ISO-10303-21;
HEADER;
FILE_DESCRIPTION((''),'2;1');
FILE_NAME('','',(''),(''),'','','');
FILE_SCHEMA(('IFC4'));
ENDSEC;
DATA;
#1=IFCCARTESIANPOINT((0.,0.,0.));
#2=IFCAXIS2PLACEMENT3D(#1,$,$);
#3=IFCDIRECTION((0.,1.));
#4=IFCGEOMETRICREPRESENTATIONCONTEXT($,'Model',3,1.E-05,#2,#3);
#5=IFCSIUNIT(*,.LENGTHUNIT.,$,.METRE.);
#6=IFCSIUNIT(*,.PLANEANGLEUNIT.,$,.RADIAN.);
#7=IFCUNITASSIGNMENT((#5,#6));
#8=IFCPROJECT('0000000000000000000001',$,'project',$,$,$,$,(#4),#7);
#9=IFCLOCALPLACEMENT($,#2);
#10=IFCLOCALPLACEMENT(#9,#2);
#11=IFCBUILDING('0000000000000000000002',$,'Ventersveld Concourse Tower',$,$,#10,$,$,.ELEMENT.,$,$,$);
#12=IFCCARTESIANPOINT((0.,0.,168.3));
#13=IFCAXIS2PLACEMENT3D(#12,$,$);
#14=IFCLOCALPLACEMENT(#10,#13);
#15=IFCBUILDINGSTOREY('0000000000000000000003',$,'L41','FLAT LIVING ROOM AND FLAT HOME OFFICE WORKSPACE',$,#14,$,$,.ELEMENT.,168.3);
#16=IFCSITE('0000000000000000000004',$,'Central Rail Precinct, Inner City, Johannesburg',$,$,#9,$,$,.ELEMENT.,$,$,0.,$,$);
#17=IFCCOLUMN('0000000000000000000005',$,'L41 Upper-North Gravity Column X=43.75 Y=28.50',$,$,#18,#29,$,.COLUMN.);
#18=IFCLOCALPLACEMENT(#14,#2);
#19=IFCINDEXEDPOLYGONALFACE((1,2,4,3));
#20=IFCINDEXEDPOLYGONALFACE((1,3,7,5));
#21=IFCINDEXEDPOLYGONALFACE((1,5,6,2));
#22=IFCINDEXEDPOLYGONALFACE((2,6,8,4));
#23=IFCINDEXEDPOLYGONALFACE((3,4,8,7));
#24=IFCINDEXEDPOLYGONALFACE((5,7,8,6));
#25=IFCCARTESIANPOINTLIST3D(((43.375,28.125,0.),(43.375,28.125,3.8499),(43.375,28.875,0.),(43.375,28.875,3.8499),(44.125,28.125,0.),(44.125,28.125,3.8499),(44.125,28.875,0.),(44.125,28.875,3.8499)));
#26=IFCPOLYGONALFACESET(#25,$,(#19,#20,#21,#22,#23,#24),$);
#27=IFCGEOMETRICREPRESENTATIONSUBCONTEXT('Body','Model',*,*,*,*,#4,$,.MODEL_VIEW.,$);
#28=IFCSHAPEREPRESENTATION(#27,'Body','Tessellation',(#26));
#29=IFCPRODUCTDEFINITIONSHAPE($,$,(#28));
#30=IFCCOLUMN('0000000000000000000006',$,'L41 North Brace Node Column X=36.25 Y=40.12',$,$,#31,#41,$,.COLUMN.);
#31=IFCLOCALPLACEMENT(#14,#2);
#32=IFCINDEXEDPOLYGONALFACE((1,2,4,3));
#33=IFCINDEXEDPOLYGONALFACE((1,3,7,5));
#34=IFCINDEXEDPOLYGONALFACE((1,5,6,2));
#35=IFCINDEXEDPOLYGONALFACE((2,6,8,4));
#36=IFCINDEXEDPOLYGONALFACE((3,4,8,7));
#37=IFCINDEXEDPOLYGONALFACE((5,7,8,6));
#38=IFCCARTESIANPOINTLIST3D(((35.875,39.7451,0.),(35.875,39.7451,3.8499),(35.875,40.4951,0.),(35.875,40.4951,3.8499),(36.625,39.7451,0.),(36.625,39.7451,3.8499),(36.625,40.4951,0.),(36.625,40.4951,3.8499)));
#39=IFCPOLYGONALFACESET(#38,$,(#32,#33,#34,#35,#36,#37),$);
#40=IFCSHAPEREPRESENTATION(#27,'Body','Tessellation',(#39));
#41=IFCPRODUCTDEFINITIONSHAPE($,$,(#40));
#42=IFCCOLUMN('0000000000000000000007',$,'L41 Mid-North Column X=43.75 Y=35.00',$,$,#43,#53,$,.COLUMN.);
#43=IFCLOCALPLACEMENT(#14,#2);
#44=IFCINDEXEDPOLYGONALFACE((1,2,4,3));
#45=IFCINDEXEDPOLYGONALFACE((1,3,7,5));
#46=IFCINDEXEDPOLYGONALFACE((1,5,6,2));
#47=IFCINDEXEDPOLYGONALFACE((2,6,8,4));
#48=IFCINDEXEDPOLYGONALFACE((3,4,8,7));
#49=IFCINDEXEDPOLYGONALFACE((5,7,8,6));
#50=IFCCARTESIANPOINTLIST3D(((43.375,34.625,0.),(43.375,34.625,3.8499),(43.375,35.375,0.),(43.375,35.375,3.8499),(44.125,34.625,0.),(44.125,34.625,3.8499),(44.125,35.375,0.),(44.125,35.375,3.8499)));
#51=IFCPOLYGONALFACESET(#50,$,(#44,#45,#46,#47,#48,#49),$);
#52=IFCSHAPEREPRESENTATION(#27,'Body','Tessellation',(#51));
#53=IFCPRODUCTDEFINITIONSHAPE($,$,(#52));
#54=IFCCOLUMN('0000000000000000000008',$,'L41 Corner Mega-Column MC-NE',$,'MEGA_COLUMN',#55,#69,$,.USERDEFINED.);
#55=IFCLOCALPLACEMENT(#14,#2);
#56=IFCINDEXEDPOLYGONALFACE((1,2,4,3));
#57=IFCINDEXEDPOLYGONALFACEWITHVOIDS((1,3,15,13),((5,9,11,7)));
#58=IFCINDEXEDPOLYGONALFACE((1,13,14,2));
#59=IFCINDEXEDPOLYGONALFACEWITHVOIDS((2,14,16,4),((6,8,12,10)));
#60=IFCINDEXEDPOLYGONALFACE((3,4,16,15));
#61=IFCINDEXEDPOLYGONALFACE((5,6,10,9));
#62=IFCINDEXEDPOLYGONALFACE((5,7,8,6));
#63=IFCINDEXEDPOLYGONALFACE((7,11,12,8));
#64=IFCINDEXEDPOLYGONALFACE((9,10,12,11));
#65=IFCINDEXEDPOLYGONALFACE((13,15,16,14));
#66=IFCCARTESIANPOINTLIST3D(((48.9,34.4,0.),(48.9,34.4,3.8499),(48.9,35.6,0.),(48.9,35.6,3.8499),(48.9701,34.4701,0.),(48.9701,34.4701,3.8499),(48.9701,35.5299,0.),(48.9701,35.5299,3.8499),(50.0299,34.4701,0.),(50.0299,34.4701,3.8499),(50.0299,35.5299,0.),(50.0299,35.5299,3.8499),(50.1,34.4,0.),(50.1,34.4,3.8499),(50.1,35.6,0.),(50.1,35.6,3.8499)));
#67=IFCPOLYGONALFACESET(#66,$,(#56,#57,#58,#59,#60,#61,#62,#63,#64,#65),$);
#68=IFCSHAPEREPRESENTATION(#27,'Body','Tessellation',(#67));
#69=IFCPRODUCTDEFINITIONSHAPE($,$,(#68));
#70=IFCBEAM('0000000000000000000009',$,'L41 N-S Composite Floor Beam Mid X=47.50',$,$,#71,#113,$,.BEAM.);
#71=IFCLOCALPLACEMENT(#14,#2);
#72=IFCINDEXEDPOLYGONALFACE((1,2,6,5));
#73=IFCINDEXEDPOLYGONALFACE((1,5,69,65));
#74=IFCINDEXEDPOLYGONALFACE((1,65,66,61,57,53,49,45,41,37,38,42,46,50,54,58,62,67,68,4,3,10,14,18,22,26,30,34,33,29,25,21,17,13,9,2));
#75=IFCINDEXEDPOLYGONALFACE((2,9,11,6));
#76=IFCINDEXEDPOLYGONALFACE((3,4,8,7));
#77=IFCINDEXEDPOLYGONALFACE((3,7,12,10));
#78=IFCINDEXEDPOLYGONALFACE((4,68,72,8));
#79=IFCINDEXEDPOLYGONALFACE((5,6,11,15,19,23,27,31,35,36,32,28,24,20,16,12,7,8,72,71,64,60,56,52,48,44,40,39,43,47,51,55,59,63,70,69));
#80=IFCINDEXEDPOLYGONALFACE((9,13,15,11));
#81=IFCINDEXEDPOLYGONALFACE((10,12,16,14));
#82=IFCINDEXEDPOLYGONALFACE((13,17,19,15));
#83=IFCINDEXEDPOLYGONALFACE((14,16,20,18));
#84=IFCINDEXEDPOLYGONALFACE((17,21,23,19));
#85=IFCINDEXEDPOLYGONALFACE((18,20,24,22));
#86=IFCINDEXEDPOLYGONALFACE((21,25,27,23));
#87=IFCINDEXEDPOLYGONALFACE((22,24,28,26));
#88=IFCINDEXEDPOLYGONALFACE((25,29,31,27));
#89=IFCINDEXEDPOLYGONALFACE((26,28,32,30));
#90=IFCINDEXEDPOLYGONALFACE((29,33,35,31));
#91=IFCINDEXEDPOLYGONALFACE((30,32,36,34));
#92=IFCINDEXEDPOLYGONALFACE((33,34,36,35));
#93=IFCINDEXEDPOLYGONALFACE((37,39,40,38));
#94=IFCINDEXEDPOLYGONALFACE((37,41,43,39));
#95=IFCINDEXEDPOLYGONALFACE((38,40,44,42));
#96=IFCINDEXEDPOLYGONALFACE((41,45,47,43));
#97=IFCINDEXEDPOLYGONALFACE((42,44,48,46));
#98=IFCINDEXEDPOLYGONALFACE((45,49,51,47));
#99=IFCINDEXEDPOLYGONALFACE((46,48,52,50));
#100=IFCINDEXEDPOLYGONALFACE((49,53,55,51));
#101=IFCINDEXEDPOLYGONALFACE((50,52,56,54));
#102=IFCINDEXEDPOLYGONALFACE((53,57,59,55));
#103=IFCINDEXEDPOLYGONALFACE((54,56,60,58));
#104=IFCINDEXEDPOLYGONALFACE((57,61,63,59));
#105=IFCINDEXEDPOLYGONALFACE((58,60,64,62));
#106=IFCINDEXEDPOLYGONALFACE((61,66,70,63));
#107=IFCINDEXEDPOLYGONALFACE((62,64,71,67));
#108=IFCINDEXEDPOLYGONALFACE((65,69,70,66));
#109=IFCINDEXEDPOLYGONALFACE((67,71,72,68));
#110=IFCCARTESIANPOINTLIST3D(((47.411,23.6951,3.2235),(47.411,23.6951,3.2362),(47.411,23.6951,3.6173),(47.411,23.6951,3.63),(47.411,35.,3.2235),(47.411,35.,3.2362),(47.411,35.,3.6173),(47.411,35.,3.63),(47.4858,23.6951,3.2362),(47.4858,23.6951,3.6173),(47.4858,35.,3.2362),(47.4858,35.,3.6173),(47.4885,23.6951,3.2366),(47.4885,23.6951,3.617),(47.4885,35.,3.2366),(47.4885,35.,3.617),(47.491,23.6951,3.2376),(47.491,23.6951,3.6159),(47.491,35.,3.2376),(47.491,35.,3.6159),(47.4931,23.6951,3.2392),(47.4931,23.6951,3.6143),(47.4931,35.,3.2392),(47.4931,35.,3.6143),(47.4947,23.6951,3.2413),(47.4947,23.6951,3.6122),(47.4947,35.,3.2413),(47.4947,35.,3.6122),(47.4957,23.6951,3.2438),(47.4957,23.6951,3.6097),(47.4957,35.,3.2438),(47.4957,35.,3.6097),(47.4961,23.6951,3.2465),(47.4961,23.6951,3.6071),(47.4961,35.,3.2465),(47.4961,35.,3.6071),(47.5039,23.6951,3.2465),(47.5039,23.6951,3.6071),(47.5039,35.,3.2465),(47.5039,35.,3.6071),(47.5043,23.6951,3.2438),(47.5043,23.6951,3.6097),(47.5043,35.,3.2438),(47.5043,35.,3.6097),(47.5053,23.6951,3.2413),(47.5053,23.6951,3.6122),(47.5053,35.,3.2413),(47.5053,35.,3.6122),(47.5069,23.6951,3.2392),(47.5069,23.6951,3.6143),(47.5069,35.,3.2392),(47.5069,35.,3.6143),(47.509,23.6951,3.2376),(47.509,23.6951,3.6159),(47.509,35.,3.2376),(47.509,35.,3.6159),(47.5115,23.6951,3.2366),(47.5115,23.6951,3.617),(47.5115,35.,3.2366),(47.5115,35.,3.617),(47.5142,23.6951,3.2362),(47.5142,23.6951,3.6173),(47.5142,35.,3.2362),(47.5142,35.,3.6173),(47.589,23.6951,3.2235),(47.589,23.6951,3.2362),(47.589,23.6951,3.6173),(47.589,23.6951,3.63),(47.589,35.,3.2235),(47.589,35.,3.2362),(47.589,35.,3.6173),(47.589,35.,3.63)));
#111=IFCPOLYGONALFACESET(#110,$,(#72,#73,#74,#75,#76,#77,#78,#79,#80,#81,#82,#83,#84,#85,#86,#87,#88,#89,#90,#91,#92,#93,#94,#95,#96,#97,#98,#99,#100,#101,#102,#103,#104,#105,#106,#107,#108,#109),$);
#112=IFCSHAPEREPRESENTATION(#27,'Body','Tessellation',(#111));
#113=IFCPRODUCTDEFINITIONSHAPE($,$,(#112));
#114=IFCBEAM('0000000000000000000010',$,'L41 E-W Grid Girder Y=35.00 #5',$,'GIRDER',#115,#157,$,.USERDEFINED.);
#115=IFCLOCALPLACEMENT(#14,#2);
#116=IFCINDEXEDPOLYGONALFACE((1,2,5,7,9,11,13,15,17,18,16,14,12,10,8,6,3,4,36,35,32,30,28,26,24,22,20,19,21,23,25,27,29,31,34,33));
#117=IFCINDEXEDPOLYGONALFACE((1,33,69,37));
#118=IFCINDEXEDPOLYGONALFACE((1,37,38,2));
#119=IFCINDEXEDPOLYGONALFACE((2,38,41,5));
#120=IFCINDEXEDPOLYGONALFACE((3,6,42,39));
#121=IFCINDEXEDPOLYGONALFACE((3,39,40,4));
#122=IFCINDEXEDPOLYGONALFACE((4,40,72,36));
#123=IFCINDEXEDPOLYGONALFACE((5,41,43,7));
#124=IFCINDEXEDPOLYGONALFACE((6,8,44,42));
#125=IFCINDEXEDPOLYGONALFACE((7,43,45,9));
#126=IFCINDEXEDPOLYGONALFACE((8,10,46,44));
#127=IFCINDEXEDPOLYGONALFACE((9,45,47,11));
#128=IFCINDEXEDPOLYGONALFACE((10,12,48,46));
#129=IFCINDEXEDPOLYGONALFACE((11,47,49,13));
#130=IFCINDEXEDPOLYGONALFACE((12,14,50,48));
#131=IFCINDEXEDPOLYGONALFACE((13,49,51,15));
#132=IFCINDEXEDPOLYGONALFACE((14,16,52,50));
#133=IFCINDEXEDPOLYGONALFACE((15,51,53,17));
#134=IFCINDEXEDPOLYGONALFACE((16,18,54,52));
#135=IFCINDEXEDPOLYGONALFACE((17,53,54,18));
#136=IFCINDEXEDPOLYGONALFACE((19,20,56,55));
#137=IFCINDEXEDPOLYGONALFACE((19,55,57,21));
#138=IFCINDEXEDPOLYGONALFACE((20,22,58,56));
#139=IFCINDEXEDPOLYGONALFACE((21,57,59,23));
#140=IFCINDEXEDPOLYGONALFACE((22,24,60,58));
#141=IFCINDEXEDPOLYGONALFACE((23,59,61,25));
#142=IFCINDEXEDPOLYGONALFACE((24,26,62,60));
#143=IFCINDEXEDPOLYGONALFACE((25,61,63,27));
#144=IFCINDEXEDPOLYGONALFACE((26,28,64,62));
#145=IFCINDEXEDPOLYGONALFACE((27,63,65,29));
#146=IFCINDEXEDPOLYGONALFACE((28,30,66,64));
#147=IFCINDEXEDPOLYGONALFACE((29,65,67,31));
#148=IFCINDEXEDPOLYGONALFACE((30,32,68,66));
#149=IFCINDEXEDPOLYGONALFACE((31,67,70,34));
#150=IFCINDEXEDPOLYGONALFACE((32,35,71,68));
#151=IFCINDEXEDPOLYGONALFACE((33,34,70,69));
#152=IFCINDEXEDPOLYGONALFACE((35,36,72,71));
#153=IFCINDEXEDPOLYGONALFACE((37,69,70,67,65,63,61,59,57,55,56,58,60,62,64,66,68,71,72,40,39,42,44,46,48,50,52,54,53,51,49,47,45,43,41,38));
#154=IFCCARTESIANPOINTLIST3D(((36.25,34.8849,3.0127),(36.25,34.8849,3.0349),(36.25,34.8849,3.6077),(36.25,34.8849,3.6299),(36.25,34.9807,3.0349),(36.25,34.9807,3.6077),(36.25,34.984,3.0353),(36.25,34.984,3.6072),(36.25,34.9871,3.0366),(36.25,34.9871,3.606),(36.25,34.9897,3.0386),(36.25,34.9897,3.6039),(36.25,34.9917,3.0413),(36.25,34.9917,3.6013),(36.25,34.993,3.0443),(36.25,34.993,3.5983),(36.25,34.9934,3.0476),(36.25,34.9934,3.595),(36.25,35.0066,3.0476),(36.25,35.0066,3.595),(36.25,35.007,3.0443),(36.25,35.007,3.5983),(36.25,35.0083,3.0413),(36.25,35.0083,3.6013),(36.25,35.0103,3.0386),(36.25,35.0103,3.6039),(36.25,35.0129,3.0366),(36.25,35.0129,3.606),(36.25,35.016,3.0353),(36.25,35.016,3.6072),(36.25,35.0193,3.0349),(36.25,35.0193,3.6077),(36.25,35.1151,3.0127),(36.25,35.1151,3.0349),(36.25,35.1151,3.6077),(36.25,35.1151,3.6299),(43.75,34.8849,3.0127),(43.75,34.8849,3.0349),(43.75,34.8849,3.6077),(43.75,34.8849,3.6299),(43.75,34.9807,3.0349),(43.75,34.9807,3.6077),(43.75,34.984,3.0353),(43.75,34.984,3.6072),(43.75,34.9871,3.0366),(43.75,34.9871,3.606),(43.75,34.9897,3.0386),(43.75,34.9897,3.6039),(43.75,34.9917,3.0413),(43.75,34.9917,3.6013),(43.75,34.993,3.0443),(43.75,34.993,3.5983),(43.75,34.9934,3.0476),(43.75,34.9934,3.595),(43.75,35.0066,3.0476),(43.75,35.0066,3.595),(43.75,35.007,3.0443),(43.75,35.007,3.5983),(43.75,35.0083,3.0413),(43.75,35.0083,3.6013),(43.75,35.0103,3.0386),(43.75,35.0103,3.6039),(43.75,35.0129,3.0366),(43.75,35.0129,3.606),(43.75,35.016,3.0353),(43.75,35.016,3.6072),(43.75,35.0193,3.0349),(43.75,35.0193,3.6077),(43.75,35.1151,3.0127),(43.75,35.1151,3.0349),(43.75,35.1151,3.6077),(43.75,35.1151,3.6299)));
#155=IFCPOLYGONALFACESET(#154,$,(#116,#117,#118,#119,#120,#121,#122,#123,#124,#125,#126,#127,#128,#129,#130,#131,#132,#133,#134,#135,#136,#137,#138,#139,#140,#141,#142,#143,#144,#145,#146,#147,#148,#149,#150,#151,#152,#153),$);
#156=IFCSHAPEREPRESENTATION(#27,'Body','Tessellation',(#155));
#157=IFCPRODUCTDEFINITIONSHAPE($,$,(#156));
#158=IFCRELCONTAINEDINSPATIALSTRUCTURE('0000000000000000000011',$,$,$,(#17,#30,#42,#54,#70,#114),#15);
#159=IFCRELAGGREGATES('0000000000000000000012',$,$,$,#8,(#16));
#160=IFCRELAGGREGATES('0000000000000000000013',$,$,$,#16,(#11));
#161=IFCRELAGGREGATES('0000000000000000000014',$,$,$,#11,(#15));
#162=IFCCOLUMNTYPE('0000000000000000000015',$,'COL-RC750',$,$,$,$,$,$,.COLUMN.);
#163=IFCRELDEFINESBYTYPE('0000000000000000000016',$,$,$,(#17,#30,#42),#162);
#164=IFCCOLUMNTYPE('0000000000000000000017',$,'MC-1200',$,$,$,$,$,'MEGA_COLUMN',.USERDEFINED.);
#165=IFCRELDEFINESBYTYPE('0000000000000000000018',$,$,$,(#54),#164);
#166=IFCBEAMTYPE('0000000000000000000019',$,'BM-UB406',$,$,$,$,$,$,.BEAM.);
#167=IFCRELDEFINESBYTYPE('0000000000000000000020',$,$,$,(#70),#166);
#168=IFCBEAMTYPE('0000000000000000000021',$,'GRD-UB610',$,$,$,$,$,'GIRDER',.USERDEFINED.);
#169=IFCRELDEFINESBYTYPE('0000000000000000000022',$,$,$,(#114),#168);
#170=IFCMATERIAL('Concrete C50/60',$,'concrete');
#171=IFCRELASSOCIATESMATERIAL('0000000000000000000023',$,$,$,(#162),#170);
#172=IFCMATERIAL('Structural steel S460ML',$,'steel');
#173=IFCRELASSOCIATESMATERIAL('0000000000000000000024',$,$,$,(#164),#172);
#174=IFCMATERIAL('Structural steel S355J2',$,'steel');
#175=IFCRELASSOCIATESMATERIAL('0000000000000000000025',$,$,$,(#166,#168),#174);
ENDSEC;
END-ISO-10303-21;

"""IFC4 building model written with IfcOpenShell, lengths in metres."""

from ifc_helpers import new_model, si_unit, direction, frame, origin, origin_2d, place, context, subcontext, project, spatial, rectangle, hollow_rectangle, i_section, extrude, material, material_profile, profile_set, type_object, element, save


model = new_model("IFC4")

# Units and contexts
model_context = context("Model", 3, precision=1e-05, world=origin(), true_north=direction((0.0, 1.0)))
body_context = subcontext(model_context, "Body", "Model", "MODEL_VIEW")
ifc_project = project(units=[si_unit("LENGTHUNIT", "METRE"), si_unit("PLANEANGLEUNIT", "RADIAN")], contexts=[model_context])

# Site, building, storey
site_placement = place(None, origin())
site = spatial("IfcSite", under=ifc_project, at=site_placement, Name="Central Rail Precinct, Inner City, Johannesburg", CompositionType="ELEMENT", RefElevation=0.0)
building_placement = place(site_placement, origin())
building = spatial("IfcBuilding", under=site, at=building_placement, Name="Ventersveld Concourse Tower", CompositionType="ELEMENT")
storey_placement = place(building_placement, frame((0.0, 0.0, 168.3)))
storey = spatial("IfcBuildingStorey", under=building, at=storey_placement, Name="L41", Description="FLAT LIVING ROOM AND FLAT HOME OFFICE WORKSPACE", CompositionType="ELEMENT", Elevation=168.3)

# Columns
ifc_material_1 = material(Name="Concrete C50/60", Category="concrete")
ifc_material_profile_1 = material_profile(ifc_material_1, rectangle(XDim=0.75, YDim=0.75, at=origin_2d()), Name="RC 750x750")
ifc_profile_set_1 = profile_set([ifc_material_profile_1], Name="Concrete C50/60")
column_type_1 = type_object("IfcColumnType", Name="COL-RC750", PredefinedType="COLUMN", material=ifc_profile_set_1)
for number, where, z_axis, x_axis, name in (
    (1, (43.75, 28.5, 0.0), (0.0, 0.0, 1.0), (1.0, 0.0, 0.0), "L41 Upper-North Gravity Column X=43.75 Y=28.50"),
    (2, (36.25, 40.1201, 0.0), (0.0, 0.0, 1.0), (1.0, 0.0, 0.0), "L41 North Brace Node Column X=36.25 Y=40.12"),
    (3, (43.75, 35.0, 0.0), (0.0, 0.0, 1.0), (1.0, 0.0, 0.0), "L41 Mid-North Column X=43.75 Y=35.00"),
):
    element("IfcColumn", number, at=place(storey_placement, frame(where, z_axis=z_axis, x_axis=x_axis)), inside=storey, type_object=column_type_1, Name=name, PredefinedType="COLUMN", context=body_context, shape_type="SweptSolid", body=[
        extrude(rectangle(XDim=0.75, YDim=0.75, at=origin_2d()), origin(), (0.0, 0.0, 1.0), 3.8499),
    ])
ifc_material_2 = material(Name="Structural steel S460ML", Category="steel")
ifc_material_profile_2 = material_profile(ifc_material_2, hollow_rectangle(XDim=1.2, YDim=1.2, WallThickness=0.0701, at=origin_2d()), Name="BOX 1200x1200x70")
ifc_profile_set_2 = profile_set([ifc_material_profile_2], Name="Structural steel S460ML")
column_type_2 = type_object("IfcColumnType", Name="MC-1200", ElementType="MEGA_COLUMN", PredefinedType="USERDEFINED", material=ifc_profile_set_2)
column_placement = place(storey_placement, frame((49.5, 35.0, 0.0), z_axis=(0.0, 0.0, 1.0), x_axis=(1.0, 0.0, 0.0)))
element("IfcColumn", 4, at=column_placement, inside=storey, type_object=column_type_2, Name="L41 Corner Mega-Column MC-NE", ObjectType="MEGA_COLUMN", PredefinedType="USERDEFINED", context=body_context, shape_type="SweptSolid", body=[
    extrude(hollow_rectangle(XDim=1.2, YDim=1.2, WallThickness=0.0701, at=origin_2d()), origin(), (0.0, 0.0, 1.0), 3.8499),
])

# Beams
ifc_material_3 = material(Name="Structural steel S355J2", Category="steel")
ifc_material_profile_3 = material_profile(ifc_material_3, i_section(OverallWidth=0.178, OverallDepth=0.4065, WebThickness=0.0078, FlangeThickness=0.0127, FilletRadius=0.0103, at=origin_2d()), Name="UB 406x178x60")
ifc_profile_set_3 = profile_set([ifc_material_profile_3], Name="Structural steel S355J2")
beam_type_1 = type_object("IfcBeamType", Name="BM-UB406", PredefinedType="BEAM", material=ifc_profile_set_3)
beam_1_placement = place(storey_placement, frame((47.5, 23.6951, 3.4268), z_axis=(0.0, 1.0, 0.0), x_axis=(-1.0, 0.0, 0.0)))
element("IfcBeam", 5, at=beam_1_placement, inside=storey, type_object=beam_type_1, Name="L41 N-S Composite Floor Beam Mid X=47.50", PredefinedType="BEAM", context=body_context, shape_type="SweptSolid", body=[
    extrude(i_section(OverallWidth=0.178, OverallDepth=0.4065, WebThickness=0.0078, FlangeThickness=0.0127, FilletRadius=0.0103, at=origin_2d()), origin(), (0.0, 0.0, 1.0), 11.3049),
])
ifc_material_profile_4 = material_profile(ifc_material_3, i_section(OverallWidth=0.2302, OverallDepth=0.6172, WebThickness=0.0132, FlangeThickness=0.0222, FilletRadius=0.0127, at=origin_2d()), Name="UB 610x229x140")
ifc_profile_set_4 = profile_set([ifc_material_profile_4], Name="Structural steel S355J2")
beam_type_2 = type_object("IfcBeamType", Name="GRD-UB610", ElementType="GIRDER", PredefinedType="USERDEFINED", material=ifc_profile_set_4)
beam_2_placement = place(storey_placement, frame((36.25, 35.0, 3.3213), z_axis=(1.0, 0.0, 0.0), x_axis=(0.0, 1.0, 0.0)))
element("IfcBeam", 6, at=beam_2_placement, inside=storey, type_object=beam_type_2, Name="L41 E-W Grid Girder Y=35.00 #5", ObjectType="GIRDER", PredefinedType="USERDEFINED", context=body_context, shape_type="SweptSolid", body=[
    extrude(i_section(OverallWidth=0.2302, OverallDepth=0.6172, WebThickness=0.0132, FlangeThickness=0.0222, FilletRadius=0.0127, at=origin_2d()), origin(), (0.0, 0.0, 1.0), 7.5),
])

save(model, "model.ifc")
